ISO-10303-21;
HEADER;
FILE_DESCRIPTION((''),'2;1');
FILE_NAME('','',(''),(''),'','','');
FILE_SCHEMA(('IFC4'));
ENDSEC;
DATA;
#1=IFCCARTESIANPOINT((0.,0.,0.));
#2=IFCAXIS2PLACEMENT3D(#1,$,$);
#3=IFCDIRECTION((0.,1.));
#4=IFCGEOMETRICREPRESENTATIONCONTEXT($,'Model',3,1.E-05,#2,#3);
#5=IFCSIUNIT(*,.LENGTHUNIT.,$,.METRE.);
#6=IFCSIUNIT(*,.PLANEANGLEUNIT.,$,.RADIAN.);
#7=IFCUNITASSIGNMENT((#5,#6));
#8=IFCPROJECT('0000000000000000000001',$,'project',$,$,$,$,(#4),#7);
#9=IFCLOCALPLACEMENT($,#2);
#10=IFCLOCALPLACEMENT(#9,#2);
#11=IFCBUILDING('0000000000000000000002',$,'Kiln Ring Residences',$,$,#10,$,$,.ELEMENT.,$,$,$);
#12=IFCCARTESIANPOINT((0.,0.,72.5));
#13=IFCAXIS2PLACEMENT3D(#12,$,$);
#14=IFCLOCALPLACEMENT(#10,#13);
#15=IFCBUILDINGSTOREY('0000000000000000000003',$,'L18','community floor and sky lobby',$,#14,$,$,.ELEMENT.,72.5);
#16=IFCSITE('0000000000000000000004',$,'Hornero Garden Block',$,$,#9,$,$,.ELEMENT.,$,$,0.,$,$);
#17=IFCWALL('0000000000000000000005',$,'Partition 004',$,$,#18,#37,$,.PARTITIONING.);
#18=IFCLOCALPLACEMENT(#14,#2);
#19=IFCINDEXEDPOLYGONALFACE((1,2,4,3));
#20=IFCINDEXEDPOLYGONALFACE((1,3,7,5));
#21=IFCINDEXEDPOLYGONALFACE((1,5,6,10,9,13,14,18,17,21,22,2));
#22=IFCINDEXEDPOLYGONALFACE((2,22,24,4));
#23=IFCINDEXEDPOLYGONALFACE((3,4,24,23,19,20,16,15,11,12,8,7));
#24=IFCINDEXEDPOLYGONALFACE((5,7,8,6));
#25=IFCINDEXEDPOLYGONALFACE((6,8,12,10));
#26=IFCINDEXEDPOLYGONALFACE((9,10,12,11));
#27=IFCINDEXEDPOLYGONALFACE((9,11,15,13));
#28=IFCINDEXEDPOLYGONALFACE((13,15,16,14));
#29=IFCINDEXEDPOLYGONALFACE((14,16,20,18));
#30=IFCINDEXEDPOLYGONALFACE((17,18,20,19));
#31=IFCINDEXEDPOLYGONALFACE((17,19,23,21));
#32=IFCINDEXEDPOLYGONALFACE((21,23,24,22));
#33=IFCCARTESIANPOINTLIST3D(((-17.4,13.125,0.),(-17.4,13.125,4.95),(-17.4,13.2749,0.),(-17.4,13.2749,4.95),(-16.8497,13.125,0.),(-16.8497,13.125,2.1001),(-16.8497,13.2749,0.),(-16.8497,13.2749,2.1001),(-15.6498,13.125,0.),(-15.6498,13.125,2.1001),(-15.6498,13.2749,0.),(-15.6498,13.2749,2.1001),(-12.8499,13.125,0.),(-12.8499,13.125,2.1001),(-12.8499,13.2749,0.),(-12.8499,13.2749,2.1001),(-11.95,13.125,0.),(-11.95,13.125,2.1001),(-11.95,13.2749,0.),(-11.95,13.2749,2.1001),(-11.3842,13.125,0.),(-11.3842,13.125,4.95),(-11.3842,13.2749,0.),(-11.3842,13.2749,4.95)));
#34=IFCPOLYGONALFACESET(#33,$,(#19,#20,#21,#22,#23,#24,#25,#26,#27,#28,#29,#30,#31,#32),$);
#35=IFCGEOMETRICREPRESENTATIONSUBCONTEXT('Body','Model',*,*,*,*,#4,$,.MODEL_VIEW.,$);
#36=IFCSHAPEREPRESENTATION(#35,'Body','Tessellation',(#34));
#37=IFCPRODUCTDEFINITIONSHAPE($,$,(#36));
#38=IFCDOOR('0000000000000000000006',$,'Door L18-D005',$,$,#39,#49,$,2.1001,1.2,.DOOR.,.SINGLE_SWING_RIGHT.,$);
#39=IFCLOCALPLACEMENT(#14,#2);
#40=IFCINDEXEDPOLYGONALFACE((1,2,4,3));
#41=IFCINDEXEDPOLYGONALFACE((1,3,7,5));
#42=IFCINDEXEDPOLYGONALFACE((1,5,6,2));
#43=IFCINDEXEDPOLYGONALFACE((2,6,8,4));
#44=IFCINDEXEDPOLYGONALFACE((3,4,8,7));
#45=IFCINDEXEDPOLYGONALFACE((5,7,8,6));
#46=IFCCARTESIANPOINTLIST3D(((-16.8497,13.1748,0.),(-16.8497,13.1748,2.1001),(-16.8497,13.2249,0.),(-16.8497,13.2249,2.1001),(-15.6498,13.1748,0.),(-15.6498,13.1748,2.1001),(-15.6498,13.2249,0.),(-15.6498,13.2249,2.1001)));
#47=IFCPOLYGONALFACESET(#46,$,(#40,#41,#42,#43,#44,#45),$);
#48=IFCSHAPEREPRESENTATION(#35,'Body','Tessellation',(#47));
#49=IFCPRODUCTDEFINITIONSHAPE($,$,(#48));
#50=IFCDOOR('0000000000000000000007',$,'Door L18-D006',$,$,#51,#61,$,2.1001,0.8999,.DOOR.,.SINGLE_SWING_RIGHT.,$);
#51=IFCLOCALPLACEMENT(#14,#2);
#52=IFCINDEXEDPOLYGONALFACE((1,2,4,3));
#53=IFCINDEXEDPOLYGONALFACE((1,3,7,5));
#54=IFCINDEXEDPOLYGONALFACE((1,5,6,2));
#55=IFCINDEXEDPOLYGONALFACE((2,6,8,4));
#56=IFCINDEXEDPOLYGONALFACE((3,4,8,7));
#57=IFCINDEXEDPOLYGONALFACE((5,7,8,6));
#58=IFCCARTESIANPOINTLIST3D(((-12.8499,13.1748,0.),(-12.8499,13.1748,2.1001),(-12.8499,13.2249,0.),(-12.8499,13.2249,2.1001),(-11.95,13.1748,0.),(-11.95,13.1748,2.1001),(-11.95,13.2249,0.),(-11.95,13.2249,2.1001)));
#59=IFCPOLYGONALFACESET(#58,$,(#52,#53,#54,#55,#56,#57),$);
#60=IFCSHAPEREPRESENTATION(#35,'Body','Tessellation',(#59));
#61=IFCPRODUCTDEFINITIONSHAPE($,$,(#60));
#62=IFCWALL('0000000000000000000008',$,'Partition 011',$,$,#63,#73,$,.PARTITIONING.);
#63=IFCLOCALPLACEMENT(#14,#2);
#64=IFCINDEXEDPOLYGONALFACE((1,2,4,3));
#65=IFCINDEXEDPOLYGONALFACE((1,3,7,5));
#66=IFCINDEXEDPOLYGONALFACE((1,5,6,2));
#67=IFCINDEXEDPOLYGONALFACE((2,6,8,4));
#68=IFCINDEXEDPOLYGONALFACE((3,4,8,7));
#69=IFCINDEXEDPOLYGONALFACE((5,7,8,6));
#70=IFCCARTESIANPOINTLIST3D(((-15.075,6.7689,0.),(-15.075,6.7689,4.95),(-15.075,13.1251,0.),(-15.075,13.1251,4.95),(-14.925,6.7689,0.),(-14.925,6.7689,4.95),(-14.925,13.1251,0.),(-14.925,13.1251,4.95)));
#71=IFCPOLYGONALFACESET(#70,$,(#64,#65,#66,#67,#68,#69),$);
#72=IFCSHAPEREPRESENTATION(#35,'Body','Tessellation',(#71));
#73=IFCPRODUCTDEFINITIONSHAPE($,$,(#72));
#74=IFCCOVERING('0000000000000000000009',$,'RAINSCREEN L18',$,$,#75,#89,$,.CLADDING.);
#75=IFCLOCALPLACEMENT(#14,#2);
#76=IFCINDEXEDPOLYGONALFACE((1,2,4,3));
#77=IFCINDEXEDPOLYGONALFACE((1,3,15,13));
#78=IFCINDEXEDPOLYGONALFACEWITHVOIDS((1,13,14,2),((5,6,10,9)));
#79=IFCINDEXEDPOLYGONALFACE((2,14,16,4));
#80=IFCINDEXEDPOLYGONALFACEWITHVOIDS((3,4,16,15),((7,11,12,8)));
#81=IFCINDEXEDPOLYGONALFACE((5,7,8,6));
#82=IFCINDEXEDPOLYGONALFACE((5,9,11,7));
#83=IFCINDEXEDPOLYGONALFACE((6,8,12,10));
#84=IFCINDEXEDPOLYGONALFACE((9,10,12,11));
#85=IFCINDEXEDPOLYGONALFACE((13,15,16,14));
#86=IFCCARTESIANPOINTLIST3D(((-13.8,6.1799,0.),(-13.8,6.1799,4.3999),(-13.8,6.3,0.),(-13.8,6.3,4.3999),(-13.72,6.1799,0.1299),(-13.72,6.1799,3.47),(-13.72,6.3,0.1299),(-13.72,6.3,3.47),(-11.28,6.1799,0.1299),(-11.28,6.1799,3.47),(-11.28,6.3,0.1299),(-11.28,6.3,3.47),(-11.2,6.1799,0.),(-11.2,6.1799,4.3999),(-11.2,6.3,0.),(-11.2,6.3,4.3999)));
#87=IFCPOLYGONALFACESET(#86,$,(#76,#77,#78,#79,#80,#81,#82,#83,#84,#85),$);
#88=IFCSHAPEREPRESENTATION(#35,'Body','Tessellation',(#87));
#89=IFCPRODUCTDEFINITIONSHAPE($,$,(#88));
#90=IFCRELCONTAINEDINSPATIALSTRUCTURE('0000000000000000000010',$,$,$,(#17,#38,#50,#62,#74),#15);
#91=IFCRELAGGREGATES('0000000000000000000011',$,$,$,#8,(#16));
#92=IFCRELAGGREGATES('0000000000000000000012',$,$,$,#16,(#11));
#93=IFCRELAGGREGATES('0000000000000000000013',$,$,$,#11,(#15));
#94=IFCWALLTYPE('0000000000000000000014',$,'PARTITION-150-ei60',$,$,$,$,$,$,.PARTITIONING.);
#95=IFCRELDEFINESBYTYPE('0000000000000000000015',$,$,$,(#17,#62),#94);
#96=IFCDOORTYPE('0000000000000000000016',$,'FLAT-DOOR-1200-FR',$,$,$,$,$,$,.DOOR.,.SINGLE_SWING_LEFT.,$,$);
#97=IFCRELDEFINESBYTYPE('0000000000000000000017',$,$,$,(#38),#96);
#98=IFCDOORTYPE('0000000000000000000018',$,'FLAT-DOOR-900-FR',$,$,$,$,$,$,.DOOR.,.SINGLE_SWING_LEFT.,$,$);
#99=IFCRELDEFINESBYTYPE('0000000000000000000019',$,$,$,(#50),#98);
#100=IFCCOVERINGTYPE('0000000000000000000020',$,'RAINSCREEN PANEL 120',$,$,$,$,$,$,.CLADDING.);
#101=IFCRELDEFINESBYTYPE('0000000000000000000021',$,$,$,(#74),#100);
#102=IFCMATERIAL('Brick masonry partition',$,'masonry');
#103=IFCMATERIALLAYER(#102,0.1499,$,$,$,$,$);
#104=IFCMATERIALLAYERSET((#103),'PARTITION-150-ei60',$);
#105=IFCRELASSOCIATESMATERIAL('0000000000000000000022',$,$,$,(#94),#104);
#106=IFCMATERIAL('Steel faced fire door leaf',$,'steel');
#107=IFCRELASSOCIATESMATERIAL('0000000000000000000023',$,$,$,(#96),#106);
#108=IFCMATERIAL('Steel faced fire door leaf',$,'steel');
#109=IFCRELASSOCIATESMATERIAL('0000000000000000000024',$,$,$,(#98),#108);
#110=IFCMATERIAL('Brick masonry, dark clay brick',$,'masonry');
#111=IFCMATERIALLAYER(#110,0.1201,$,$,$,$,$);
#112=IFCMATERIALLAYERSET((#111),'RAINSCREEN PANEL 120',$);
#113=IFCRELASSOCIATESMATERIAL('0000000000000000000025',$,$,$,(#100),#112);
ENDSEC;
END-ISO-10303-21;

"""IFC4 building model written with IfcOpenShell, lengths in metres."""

from ifc_helpers import new_model, si_unit, direction, frame, frame_2d, origin, place, context, subcontext, project, spatial, polyline, rectangle, outline, extrude, material, layer, layer_set, type_object, element, fill, save


model = new_model("IFC4")

# Units and contexts
model_context = context("Model", 3, precision=1e-05, world=origin(), true_north=direction((0.0, 1.0)))
body_context = subcontext(model_context, "Body", "Model", "MODEL_VIEW")
ifc_project = project(units=[si_unit("LENGTHUNIT", "METRE"), si_unit("PLANEANGLEUNIT", "RADIAN")], contexts=[model_context])

# Site, building, storey
site_placement = place(None, origin())
site = spatial("IfcSite", under=ifc_project, at=site_placement, Name="Hornero Garden Block", CompositionType="ELEMENT", RefElevation=0.0)
building_placement = place(site_placement, origin())
building = spatial("IfcBuilding", under=site, at=building_placement, Name="Kiln Ring Residences", CompositionType="ELEMENT")
storey_placement = place(building_placement, frame((0.0, 0.0, 72.5)))
storey = spatial("IfcBuildingStorey", under=building, at=storey_placement, Name="L18", Description="community floor and sky lobby", CompositionType="ELEMENT", Elevation=72.5)

# Wall, openings, doors
ifc_material_1 = material(Name="Brick masonry partition", Category="masonry")
ifc_layer_1 = layer(ifc_material_1, 0.1499)
ifc_layer_set_1 = layer_set([ifc_layer_1], Name="PARTITION-150-ei60")
wall_type_1 = type_object("IfcWallType", Name="PARTITION-150-ei60", PredefinedType="PARTITIONING", material=ifc_layer_set_1)
wall_1_placement = place(storey_placement, frame((-17.3999, 13.2, 0.0), z_axis=(0.0, 0.0, 1.0), x_axis=(1.0, 0.0, 0.0)))
wall_1 = element("IfcWall", 1, at=wall_1_placement, inside=storey, type_object=wall_type_1, Name="Partition 004", PredefinedType="PARTITIONING", context=body_context, shape_type="SweptSolid", body=[
    extrude(rectangle(XDim=6.0159, YDim=0.1499, at=frame_2d((3.0078, 0.0))), origin(), (0.0, 0.0, 1.0), 4.95),
])
opening_1_placement = place(wall_1_placement, frame((0.55, 0.0, 0.0)))
opening_1 = element("IfcOpeningElement", 2, at=opening_1_placement, cuts=wall_1, PredefinedType="OPENING", context=body_context, shape_type="SweptSolid", body=[
    extrude(rectangle(XDim=1.2, YDim=2.1001, at=frame_2d((0.6001, 1.05))), frame((0.0, 0.085, 0.0), z_axis=(0.0, -1.0, 0.0), x_axis=(1.0, 0.0, 0.0)), (0.0, 0.0, 1.0), 0.1699),
])
opening_2_placement = place(wall_1_placement, frame((4.55, 0.0, 0.0)))
opening_2 = element("IfcOpeningElement", 3, at=opening_2_placement, cuts=wall_1, PredefinedType="OPENING", context=body_context, shape_type="SweptSolid", body=[
    extrude(rectangle(XDim=0.8999, YDim=2.1001, at=frame_2d((0.45, 1.05))), frame((0.0, 0.085, 0.0), z_axis=(0.0, -1.0, 0.0), x_axis=(1.0, 0.0, 0.0)), (0.0, 0.0, 1.0), 0.1699),
])
ifc_material_2 = material(Name="Steel faced fire door leaf", Category="steel")
door_type_1 = type_object("IfcDoorType", Name="FLAT-DOOR-1200-FR", OperationType="SINGLE_SWING_LEFT", PredefinedType="DOOR", material=ifc_material_2)
door_1_placement = place(opening_1_placement, origin())
door_1 = element("IfcDoor", 4, at=door_1_placement, inside=storey, type_object=door_type_1, Name="Door L18-D005", OperationType="SINGLE_SWING_RIGHT", OverallHeight=2.1001, OverallWidth=1.2, PredefinedType="DOOR", context=body_context, shape_type="SweptSolid", body=[
    extrude(rectangle(XDim=1.2, YDim=2.1001, at=frame_2d((0.6001, 1.05))), frame((0.0, 0.0249, 0.0), z_axis=(0.0, -1.0, 0.0), x_axis=(1.0, 0.0, 0.0)), (0.0, 0.0, 1.0), 0.05),
])
fill(opening_1, door_1)
ifc_material_3 = material(Name="Steel faced fire door leaf", Category="steel")
door_type_2 = type_object("IfcDoorType", Name="FLAT-DOOR-900-FR", OperationType="SINGLE_SWING_LEFT", PredefinedType="DOOR", material=ifc_material_3)
door_2_placement = place(opening_2_placement, origin())
door_2 = element("IfcDoor", 5, at=door_2_placement, inside=storey, type_object=door_type_2, Name="Door L18-D006", OperationType="SINGLE_SWING_RIGHT", OverallHeight=2.1001, OverallWidth=0.8999, PredefinedType="DOOR", context=body_context, shape_type="SweptSolid", body=[
    extrude(rectangle(XDim=0.8999, YDim=2.1001, at=frame_2d((0.45, 1.05))), frame((0.0, 0.0249, 0.0), z_axis=(0.0, -1.0, 0.0), x_axis=(1.0, 0.0, 0.0)), (0.0, 0.0, 1.0), 0.05),
])
fill(opening_2, door_2)

# Wall
wall_2_placement = place(storey_placement, frame((-15.0, 6.7688, 0.0), z_axis=(0.0, 0.0, 1.0), x_axis=(0.0, 1.0, 0.0)))
element("IfcWall", 6, at=wall_2_placement, inside=storey, type_object=wall_type_1, Name="Partition 011", PredefinedType="PARTITIONING", context=body_context, shape_type="SweptSolid", body=[
    extrude(rectangle(XDim=6.3562, YDim=0.1499, at=frame_2d((3.1782, 0.0))), origin(), (0.0, 0.0, 1.0), 4.95),
])

# Covering
ifc_material_4 = material(Name="Brick masonry, dark clay brick", Category="masonry")
ifc_layer_2 = layer(ifc_material_4, 0.1201)
ifc_layer_set_2 = layer_set([ifc_layer_2], Name="RAINSCREEN PANEL 120")
covering_type = type_object("IfcCoveringType", Name="RAINSCREEN PANEL 120", PredefinedType="CLADDING", material=ifc_layer_set_2)
covering_placement = place(storey_placement, frame((-13.8, 6.24, 0.0), z_axis=(0.0, 0.0, 1.0), x_axis=(1.0, 0.0, 0.0)))
element("IfcCovering", 7, at=covering_placement, inside=storey, type_object=covering_type, Name="RAINSCREEN L18", PredefinedType="CLADDING", context=body_context, shape_type="SweptSolid", body=[
    extrude(outline(polyline([(0.0, 0.0), (2.6001, 0.0), (2.6001, 4.3999), (0.0, 4.3999), (0.0, 0.0)]), holes=[polyline([(0.0801, 3.47), (0.0801, 0.1299), (2.52, 0.1299), (2.52, 3.47), (0.0801, 3.47)])]), frame((0.0, 0.0601, 0.0), z_axis=(0.0, -1.0, 0.0), x_axis=(1.0, 0.0, 0.0)), (0.0, 0.0, 1.0), 0.1201),
])

save(model, "model.ifc")
